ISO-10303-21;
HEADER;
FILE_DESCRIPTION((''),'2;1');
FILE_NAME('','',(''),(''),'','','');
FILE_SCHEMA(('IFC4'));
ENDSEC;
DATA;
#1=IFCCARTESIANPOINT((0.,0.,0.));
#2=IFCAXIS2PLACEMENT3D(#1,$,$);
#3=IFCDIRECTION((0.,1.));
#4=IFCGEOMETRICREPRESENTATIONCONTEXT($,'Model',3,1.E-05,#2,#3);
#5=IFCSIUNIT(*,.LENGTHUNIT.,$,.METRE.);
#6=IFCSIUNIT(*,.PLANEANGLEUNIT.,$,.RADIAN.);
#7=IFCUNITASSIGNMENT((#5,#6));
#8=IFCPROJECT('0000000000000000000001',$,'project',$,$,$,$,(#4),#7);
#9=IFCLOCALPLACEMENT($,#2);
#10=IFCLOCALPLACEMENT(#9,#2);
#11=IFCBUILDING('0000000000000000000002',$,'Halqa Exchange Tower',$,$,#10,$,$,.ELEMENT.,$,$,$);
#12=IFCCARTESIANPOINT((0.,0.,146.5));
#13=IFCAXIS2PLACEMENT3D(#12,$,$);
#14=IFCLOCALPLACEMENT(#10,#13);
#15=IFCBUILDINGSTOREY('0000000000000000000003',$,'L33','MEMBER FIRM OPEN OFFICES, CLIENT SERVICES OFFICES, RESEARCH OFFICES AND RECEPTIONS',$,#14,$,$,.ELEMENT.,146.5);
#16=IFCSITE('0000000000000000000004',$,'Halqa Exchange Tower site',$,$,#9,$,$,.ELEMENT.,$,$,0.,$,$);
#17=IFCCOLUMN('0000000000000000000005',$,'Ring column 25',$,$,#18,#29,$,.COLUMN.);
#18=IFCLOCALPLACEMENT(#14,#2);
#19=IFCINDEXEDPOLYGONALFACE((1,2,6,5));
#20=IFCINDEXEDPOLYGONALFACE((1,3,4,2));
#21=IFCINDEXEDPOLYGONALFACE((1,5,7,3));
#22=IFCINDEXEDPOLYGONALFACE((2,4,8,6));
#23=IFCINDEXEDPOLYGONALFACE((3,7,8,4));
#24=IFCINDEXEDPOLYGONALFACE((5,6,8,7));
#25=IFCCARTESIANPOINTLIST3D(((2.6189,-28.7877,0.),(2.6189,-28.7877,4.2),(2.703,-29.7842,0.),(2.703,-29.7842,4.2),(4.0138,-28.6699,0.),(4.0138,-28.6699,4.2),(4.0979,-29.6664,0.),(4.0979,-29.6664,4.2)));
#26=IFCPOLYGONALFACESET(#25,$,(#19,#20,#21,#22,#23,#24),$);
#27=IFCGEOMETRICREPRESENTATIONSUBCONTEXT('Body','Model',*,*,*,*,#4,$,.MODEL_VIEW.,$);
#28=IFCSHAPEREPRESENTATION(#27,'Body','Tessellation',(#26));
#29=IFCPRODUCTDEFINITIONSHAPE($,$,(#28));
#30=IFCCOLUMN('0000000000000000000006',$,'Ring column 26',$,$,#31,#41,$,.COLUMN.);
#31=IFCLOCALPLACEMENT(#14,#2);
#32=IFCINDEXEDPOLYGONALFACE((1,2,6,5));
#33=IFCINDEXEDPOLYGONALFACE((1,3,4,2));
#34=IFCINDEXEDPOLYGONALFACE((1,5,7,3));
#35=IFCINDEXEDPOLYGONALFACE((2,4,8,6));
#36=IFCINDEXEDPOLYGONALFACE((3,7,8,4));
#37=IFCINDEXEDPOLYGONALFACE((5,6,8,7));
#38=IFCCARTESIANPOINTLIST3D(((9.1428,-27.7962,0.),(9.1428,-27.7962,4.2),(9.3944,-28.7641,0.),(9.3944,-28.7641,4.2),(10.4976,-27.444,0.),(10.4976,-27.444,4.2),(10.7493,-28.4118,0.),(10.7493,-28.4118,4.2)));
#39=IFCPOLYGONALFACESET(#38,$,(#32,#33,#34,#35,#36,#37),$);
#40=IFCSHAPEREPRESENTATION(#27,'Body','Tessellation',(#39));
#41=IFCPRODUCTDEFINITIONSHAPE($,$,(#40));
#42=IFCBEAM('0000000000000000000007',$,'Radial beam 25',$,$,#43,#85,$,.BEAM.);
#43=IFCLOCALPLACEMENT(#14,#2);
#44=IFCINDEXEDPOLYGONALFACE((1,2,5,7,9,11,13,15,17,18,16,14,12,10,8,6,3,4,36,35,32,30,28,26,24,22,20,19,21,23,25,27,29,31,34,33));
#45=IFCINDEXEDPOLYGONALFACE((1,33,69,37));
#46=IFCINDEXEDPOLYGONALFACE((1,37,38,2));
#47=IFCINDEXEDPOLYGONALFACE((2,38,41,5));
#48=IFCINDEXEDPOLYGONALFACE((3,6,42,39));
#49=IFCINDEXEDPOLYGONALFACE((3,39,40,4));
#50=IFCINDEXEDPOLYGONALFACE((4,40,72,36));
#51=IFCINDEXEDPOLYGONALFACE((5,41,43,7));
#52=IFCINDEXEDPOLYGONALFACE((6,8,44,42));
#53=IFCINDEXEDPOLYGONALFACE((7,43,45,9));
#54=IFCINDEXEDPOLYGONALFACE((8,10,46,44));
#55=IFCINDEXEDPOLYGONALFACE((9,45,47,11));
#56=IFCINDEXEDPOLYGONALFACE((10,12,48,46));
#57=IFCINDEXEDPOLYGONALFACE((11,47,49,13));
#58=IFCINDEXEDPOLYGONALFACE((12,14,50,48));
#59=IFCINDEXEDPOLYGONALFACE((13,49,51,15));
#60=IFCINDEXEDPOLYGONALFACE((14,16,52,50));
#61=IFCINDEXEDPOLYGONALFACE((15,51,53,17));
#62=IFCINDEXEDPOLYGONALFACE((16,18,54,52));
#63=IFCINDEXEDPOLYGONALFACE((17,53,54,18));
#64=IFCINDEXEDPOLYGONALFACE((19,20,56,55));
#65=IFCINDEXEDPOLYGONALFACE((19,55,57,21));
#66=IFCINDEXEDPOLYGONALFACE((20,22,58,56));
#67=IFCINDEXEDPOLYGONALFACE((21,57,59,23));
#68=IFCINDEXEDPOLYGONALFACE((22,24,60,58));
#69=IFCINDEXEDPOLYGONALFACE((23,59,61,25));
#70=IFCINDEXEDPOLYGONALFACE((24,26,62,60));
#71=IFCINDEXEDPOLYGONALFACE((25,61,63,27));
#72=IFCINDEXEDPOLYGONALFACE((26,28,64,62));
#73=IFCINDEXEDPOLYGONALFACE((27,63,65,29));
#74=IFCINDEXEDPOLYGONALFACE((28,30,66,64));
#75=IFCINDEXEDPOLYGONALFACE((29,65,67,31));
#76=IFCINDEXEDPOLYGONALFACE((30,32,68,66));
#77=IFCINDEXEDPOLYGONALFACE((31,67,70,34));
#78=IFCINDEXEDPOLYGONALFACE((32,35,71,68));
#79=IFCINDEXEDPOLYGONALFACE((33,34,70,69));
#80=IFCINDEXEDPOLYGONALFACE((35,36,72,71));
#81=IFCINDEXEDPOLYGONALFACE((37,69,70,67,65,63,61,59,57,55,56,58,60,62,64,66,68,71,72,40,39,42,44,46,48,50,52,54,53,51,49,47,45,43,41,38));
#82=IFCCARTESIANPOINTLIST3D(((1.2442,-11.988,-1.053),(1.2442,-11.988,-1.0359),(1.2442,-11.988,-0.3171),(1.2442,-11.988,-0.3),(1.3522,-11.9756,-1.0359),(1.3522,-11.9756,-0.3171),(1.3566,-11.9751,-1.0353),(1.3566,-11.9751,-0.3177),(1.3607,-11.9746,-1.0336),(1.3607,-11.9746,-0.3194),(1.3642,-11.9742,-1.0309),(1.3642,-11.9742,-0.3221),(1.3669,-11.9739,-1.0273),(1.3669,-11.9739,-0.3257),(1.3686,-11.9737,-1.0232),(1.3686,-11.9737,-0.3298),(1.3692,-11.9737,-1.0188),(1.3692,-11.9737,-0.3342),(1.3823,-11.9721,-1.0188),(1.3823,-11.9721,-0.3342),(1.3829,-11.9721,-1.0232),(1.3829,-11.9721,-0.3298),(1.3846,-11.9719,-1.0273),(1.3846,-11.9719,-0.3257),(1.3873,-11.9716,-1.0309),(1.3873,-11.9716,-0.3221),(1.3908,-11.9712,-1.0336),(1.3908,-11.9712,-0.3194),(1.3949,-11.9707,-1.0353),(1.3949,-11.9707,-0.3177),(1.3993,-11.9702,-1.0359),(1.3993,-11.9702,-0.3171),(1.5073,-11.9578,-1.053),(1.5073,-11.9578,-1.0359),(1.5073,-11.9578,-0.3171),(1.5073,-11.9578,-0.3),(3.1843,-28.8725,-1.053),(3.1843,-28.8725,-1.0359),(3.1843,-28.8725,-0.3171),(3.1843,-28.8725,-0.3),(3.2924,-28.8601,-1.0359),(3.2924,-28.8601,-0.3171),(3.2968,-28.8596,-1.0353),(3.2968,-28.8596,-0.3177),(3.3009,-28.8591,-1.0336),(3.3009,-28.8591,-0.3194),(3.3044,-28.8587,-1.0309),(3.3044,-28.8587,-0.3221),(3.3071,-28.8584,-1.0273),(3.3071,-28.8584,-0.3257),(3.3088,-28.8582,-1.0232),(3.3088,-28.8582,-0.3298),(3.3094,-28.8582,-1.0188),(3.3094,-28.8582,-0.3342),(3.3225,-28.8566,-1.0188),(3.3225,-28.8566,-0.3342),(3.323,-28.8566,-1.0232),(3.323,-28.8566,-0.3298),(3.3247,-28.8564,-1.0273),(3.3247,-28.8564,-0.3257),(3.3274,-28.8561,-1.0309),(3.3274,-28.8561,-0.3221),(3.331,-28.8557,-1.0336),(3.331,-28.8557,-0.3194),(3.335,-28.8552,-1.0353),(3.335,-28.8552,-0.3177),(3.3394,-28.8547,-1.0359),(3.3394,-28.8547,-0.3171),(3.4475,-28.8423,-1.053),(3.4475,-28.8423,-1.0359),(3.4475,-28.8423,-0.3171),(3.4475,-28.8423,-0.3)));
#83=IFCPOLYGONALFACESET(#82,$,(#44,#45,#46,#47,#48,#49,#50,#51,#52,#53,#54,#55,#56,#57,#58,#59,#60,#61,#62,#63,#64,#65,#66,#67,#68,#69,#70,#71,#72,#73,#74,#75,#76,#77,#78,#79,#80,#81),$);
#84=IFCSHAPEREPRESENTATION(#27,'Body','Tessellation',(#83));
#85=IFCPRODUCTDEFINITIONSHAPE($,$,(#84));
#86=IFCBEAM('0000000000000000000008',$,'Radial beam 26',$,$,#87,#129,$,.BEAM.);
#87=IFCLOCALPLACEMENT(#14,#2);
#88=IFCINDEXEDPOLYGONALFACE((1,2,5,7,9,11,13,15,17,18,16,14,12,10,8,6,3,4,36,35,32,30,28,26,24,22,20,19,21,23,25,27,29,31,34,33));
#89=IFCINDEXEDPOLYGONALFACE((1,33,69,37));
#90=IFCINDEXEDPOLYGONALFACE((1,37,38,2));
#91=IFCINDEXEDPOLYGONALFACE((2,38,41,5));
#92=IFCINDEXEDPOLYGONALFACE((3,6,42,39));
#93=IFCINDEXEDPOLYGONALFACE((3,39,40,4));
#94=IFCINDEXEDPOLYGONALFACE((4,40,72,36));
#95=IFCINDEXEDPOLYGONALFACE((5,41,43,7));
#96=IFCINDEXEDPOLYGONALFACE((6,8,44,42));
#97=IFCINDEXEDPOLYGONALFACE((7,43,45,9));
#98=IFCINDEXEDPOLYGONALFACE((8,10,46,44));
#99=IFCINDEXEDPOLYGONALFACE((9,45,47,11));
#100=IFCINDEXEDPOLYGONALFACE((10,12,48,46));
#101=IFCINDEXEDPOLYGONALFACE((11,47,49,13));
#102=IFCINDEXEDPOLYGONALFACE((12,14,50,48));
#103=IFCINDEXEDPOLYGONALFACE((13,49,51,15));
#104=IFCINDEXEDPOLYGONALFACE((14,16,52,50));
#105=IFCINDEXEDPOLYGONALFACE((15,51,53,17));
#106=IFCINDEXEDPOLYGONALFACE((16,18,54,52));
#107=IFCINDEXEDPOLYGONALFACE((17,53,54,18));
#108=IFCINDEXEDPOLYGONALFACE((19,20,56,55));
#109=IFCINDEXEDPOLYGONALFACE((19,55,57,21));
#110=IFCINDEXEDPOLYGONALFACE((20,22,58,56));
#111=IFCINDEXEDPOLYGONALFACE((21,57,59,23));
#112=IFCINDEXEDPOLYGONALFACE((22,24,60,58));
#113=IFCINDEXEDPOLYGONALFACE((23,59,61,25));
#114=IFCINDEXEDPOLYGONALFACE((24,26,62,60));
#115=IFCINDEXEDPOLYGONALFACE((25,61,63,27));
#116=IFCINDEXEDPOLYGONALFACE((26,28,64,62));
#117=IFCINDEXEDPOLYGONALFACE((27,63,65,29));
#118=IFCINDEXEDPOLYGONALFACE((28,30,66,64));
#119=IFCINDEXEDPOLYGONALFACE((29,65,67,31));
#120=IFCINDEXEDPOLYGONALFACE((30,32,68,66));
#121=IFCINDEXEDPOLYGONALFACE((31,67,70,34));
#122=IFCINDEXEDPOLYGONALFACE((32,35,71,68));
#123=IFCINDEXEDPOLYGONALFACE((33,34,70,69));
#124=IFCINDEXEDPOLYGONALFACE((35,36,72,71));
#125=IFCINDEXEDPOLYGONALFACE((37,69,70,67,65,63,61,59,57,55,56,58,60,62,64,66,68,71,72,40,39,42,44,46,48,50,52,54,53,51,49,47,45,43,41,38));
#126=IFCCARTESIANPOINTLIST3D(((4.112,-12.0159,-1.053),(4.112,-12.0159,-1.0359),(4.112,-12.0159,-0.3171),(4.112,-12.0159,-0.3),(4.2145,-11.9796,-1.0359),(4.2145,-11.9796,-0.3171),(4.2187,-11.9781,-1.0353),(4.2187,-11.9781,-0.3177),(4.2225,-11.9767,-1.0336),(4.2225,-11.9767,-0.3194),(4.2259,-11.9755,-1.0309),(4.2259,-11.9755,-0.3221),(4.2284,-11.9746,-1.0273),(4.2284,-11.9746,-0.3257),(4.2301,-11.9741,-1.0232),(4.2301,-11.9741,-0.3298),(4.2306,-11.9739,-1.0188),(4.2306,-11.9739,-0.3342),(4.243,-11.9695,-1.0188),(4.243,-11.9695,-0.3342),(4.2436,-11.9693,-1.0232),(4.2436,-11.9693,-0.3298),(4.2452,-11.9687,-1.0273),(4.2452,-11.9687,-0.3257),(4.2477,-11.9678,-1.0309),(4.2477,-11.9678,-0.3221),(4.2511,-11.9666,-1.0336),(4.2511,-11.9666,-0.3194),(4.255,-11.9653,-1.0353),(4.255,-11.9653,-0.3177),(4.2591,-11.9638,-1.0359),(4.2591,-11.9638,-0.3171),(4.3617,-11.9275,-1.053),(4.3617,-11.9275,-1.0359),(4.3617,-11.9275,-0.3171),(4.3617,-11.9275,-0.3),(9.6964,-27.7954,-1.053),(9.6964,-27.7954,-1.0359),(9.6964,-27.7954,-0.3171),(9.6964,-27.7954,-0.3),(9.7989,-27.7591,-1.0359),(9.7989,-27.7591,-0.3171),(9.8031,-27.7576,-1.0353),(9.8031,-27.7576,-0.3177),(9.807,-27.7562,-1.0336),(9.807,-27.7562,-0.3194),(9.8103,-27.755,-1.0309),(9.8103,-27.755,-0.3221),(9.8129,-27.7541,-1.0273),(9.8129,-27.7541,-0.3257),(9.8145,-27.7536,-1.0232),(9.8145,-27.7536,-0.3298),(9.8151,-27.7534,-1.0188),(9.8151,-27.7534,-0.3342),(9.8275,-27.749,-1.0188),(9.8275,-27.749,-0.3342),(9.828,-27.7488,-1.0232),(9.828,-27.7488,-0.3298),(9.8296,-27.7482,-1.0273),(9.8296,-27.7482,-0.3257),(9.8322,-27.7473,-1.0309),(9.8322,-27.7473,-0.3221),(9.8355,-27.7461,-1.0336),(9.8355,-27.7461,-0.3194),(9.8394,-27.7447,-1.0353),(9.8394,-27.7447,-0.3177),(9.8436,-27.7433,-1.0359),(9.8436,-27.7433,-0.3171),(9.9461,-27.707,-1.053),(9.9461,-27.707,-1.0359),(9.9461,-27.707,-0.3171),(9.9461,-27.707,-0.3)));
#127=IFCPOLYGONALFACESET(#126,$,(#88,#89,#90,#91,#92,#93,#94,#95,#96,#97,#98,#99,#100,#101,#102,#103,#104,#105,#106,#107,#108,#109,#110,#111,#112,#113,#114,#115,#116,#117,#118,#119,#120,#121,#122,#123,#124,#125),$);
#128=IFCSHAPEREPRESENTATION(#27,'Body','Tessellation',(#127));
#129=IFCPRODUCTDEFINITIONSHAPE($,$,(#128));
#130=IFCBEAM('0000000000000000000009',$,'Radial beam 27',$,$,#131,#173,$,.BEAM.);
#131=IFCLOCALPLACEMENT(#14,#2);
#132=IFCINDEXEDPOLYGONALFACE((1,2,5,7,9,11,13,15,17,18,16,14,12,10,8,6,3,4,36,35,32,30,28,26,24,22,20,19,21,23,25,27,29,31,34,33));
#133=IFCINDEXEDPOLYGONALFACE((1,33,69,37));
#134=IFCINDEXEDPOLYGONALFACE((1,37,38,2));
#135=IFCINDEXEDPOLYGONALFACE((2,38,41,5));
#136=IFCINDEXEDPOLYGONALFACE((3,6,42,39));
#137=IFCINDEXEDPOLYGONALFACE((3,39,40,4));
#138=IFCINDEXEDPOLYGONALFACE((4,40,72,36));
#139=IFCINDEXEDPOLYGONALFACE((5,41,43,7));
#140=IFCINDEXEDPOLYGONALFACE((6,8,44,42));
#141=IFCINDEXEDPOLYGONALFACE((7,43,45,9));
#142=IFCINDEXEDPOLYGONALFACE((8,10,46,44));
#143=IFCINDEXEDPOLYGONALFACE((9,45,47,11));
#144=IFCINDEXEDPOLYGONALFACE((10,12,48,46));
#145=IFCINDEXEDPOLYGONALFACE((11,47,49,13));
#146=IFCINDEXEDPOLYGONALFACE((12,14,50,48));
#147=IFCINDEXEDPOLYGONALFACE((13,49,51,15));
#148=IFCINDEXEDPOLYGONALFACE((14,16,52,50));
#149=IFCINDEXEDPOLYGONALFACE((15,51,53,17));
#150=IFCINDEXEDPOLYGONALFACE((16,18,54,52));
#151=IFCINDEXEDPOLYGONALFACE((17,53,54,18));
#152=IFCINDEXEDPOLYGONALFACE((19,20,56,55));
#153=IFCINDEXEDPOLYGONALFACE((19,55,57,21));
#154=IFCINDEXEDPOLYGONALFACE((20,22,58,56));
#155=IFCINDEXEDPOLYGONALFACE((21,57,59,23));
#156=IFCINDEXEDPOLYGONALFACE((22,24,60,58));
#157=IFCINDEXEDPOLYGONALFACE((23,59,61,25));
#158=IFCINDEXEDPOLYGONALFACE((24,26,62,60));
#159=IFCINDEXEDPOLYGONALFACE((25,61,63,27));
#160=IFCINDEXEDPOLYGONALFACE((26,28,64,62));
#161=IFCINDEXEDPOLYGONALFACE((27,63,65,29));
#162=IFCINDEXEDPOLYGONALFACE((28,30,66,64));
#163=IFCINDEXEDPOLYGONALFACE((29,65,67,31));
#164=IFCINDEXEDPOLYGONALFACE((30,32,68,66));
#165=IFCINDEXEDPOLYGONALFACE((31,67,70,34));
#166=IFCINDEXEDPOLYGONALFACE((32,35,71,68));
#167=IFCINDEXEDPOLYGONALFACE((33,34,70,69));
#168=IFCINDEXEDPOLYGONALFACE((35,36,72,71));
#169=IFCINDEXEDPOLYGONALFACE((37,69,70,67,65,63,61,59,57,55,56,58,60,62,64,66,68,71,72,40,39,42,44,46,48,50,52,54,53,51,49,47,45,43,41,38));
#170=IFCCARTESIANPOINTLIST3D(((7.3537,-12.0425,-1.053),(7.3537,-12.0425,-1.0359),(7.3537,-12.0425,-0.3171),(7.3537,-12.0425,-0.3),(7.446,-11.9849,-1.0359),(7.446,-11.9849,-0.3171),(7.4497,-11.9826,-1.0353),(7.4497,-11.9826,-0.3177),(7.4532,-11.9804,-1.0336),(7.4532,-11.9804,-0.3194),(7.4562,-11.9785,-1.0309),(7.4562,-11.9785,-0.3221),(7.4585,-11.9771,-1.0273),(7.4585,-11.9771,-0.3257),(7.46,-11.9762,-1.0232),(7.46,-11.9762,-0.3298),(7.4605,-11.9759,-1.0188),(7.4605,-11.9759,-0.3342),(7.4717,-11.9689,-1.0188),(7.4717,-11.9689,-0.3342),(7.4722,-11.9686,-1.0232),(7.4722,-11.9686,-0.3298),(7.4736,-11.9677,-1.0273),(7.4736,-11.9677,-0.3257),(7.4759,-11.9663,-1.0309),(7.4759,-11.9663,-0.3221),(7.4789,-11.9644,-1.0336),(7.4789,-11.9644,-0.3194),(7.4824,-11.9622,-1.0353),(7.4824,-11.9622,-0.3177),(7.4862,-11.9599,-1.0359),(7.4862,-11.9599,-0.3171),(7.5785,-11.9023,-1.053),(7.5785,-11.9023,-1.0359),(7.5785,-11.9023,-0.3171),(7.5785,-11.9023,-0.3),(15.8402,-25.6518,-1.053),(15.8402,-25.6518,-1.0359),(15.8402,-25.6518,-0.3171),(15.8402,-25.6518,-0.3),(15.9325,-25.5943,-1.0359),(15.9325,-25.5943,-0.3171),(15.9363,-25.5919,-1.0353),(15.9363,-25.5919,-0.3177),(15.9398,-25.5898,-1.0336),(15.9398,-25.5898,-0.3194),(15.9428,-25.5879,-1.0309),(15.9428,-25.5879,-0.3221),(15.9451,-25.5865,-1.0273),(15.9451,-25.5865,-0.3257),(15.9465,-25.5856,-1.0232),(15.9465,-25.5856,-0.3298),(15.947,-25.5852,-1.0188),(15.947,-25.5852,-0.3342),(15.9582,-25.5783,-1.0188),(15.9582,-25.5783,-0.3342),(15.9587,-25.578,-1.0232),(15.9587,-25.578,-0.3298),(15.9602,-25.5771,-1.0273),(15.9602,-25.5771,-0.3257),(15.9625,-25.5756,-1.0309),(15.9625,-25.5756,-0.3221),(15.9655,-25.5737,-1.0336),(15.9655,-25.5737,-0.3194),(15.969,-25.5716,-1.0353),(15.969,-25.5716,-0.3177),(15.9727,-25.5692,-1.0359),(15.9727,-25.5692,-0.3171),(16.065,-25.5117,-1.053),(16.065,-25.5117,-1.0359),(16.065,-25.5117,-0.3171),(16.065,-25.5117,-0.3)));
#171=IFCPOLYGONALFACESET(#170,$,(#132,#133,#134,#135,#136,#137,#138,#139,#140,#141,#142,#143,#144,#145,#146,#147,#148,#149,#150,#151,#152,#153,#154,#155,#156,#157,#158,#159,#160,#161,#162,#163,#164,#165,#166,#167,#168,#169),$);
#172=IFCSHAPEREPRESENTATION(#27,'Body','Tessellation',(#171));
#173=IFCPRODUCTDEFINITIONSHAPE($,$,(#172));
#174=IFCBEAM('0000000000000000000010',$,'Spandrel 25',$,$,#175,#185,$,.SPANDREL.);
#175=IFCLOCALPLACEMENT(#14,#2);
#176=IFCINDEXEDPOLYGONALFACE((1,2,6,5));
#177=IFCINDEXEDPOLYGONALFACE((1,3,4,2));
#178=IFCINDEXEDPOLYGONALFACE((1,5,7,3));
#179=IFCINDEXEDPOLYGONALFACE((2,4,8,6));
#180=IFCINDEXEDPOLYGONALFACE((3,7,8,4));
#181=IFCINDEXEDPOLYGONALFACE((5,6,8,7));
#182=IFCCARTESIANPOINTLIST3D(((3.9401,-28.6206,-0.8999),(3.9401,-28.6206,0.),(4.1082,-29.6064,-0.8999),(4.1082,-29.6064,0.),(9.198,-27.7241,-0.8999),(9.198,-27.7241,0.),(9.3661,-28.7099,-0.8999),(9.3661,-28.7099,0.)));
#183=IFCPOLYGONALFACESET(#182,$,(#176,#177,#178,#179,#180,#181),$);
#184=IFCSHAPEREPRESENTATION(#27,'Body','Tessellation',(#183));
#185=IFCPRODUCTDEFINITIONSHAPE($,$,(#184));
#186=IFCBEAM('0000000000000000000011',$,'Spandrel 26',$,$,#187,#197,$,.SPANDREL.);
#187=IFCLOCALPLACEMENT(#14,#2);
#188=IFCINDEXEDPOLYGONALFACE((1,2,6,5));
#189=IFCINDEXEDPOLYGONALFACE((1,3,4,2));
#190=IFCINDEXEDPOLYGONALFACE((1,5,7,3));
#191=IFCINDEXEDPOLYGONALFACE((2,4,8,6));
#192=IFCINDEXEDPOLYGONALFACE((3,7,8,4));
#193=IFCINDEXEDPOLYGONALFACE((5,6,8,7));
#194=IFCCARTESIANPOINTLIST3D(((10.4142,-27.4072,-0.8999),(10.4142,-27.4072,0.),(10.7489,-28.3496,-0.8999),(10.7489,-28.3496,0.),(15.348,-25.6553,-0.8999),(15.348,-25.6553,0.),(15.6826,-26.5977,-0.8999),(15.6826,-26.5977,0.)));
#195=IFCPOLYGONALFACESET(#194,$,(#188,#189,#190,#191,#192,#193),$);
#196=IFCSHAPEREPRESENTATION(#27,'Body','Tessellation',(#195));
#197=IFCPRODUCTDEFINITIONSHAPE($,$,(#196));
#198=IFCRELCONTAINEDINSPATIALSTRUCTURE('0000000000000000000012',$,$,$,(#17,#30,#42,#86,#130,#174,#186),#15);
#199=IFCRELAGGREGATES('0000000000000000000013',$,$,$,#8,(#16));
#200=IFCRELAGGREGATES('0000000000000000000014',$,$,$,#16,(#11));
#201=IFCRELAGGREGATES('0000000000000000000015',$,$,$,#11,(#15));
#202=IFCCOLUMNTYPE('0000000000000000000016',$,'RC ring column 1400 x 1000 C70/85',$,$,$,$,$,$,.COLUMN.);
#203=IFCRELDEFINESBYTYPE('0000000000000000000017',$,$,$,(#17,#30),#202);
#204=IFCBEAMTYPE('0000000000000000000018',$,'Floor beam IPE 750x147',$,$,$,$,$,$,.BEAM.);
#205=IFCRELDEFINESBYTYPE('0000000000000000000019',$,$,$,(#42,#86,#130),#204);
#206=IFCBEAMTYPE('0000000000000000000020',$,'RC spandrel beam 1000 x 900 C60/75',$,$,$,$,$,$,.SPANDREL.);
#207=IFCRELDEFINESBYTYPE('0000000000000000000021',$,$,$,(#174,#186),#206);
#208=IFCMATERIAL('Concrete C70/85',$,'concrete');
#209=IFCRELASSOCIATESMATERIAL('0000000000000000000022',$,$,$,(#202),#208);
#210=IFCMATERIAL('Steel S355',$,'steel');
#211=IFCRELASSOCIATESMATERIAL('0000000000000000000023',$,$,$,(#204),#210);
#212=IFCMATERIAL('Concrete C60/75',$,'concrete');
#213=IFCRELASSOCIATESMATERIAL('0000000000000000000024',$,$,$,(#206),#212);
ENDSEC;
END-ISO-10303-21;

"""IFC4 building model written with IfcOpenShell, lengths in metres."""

from ifc_helpers import new_model, si_unit, direction, frame, origin, origin_2d, place, context, subcontext, project, spatial, rectangle, i_section, extrude, material, material_profile, profile_set, type_object, element, save


model = new_model("IFC4")

# Units and contexts
model_context = context("Model", 3, precision=1e-05, world=origin(), true_north=direction((0.0, 1.0)))
body_context = subcontext(model_context, "Body", "Model", "MODEL_VIEW")
ifc_project = project(units=[si_unit("LENGTHUNIT", "METRE"), si_unit("PLANEANGLEUNIT", "RADIAN")], contexts=[model_context])

# Site, building, storey
site_placement = place(None, origin())
site = spatial("IfcSite", under=ifc_project, at=site_placement, Name="Halqa Exchange Tower site", CompositionType="ELEMENT", RefElevation=0.0)
building_placement = place(site_placement, origin())
building = spatial("IfcBuilding", under=site, at=building_placement, Name="Halqa Exchange Tower", CompositionType="ELEMENT")
storey_placement = place(building_placement, frame((0.0, 0.0, 146.5)))
storey = spatial("IfcBuildingStorey", under=building, at=storey_placement, Name="L33", Description="MEMBER FIRM OPEN OFFICES, CLIENT SERVICES OFFICES, RESEARCH OFFICES AND RECEPTIONS", CompositionType="ELEMENT", Elevation=146.5)

# Columns
ifc_material_1 = material(Name="Concrete C70/85", Category="concrete")
ifc_material_profile_1 = material_profile(ifc_material_1, rectangle(XDim=1.3999, YDim=1.0, at=origin_2d()), Name="1400 x 1000")
ifc_profile_set_1 = profile_set([ifc_material_profile_1], Name="Concrete C70/85")
column_type = type_object("IfcColumnType", Name="RC ring column 1400 x 1000 C70/85", PredefinedType="COLUMN", material=ifc_profile_set_1)
for number, where, z_axis, x_axis, name in (
    (1, (3.3584, -29.2271, 0.0), (0.0, 0.0, 1.0), (0.996455, 0.084123, 0.0), "Ring column 25"),
    (2, (9.946, -28.104, 0.0), (0.0, 0.0, 1.0), (0.96782, 0.251645, 0.0), "Ring column 26"),
):
    element("IfcColumn", number, at=place(storey_placement, frame(where, z_axis=z_axis, x_axis=x_axis)), inside=storey, type_object=column_type, Name=name, PredefinedType="COLUMN", context=body_context, shape_type="SweptSolid", body=[
        extrude(rectangle(XDim=1.3999, YDim=1.0, at=origin_2d()), origin(), (0.0, 0.0, 1.0), 4.2),
    ])

# Beams
ifc_material_2 = material(Name="Steel S355", Category="steel")
ifc_material_profile_2 = material_profile(ifc_material_2, i_section(OverallWidth=0.2649, OverallDepth=0.7529, WebThickness=0.0132, FlangeThickness=0.0171, FilletRadius=0.0171, at=origin_2d()), Name="IPE 750x147")
ifc_profile_set_2 = profile_set([ifc_material_profile_2], Name="Steel S355")
beam_type_1 = type_object("IfcBeamType", Name="Floor beam IPE 750x147", PredefinedType="BEAM", material=ifc_profile_set_2)
beam_1_placement = place(storey_placement, frame((1.3757, -11.9729, -0.6765), z_axis=(0.114158, -0.993463, 0.0), x_axis=(0.993463, 0.114158, 0.0)))
element("IfcBeam", 3, at=beam_1_placement, inside=storey, type_object=beam_type_1, Name="Radial beam 25", PredefinedType="BEAM", context=body_context, shape_type="SweptSolid", body=[
    extrude(i_section(OverallWidth=0.2649, OverallDepth=0.7529, WebThickness=0.0132, FlangeThickness=0.0171, FilletRadius=0.0171, at=origin_2d()), origin(), (0.0, 0.0, 1.0), 16.9956),
])
beam_2_placement = place(storey_placement, frame((4.2368, -11.9717, -0.6765), z_axis=(0.333629, -0.942705, 0.0), x_axis=(0.942705, 0.333629, 0.0)))
element("IfcBeam", 4, at=beam_2_placement, inside=storey, type_object=beam_type_1, Name="Radial beam 26", PredefinedType="BEAM", context=body_context, shape_type="SweptSolid", body=[
    extrude(i_section(OverallWidth=0.2649, OverallDepth=0.7529, WebThickness=0.0132, FlangeThickness=0.0171, FilletRadius=0.0171, at=origin_2d()), origin(), (0.0, 0.0, 1.0), 16.7385),
])
beam_3_placement = place(storey_placement, frame((7.4661, -11.9724, -0.6765), z_axis=(0.529134, -0.848538, 0.0), x_axis=(0.848538, 0.529134, 0.0)))
element("IfcBeam", 5, at=beam_3_placement, inside=storey, type_object=beam_type_1, Name="Radial beam 27", PredefinedType="BEAM", context=body_context, shape_type="SweptSolid", body=[
    extrude(i_section(OverallWidth=0.2649, OverallDepth=0.7529, WebThickness=0.0132, FlangeThickness=0.0171, FilletRadius=0.0171, at=origin_2d()), origin(), (0.0, 0.0, 1.0), 16.0386),
])
ifc_material_3 = material(Name="Concrete C60/75", Category="concrete")
ifc_material_profile_3 = material_profile(ifc_material_3, rectangle(XDim=1.0, YDim=0.8999, at=origin_2d()), Name="1000 x 900")
ifc_profile_set_3 = profile_set([ifc_material_profile_3], Name="Concrete C60/75")
beam_type_2 = type_object("IfcBeamType", Name="RC spandrel beam 1000 x 900 C60/75", PredefinedType="SPANDREL", material=ifc_profile_set_3)
beam_4_placement = place(storey_placement, frame((4.0242, -29.1135, -0.45), z_axis=(0.985773, 0.168079, 0.0), x_axis=(-0.168079, 0.985773, 0.0)))
element("IfcBeam", 6, at=beam_4_placement, inside=storey, type_object=beam_type_2, Name="Spandrel 25", PredefinedType="SPANDREL", context=body_context, shape_type="SweptSolid", body=[
    extrude(rectangle(XDim=1.0, YDim=0.8999, at=origin_2d()), origin(), (0.0, 0.0, 1.0), 5.3337),
])
beam_5_placement = place(storey_placement, frame((10.5815, -27.8784, -0.45), z_axis=(0.942353, 0.33462, 0.0), x_axis=(-0.33462, 0.942353, 0.0)))
element("IfcBeam", 7, at=beam_5_placement, inside=storey, type_object=beam_type_2, Name="Spandrel 26", PredefinedType="SPANDREL", context=body_context, shape_type="SweptSolid", body=[
    extrude(rectangle(XDim=1.0, YDim=0.8999, at=origin_2d()), origin(), (0.0, 0.0, 1.0), 5.2356),
])

save(model, "model.ifc")
